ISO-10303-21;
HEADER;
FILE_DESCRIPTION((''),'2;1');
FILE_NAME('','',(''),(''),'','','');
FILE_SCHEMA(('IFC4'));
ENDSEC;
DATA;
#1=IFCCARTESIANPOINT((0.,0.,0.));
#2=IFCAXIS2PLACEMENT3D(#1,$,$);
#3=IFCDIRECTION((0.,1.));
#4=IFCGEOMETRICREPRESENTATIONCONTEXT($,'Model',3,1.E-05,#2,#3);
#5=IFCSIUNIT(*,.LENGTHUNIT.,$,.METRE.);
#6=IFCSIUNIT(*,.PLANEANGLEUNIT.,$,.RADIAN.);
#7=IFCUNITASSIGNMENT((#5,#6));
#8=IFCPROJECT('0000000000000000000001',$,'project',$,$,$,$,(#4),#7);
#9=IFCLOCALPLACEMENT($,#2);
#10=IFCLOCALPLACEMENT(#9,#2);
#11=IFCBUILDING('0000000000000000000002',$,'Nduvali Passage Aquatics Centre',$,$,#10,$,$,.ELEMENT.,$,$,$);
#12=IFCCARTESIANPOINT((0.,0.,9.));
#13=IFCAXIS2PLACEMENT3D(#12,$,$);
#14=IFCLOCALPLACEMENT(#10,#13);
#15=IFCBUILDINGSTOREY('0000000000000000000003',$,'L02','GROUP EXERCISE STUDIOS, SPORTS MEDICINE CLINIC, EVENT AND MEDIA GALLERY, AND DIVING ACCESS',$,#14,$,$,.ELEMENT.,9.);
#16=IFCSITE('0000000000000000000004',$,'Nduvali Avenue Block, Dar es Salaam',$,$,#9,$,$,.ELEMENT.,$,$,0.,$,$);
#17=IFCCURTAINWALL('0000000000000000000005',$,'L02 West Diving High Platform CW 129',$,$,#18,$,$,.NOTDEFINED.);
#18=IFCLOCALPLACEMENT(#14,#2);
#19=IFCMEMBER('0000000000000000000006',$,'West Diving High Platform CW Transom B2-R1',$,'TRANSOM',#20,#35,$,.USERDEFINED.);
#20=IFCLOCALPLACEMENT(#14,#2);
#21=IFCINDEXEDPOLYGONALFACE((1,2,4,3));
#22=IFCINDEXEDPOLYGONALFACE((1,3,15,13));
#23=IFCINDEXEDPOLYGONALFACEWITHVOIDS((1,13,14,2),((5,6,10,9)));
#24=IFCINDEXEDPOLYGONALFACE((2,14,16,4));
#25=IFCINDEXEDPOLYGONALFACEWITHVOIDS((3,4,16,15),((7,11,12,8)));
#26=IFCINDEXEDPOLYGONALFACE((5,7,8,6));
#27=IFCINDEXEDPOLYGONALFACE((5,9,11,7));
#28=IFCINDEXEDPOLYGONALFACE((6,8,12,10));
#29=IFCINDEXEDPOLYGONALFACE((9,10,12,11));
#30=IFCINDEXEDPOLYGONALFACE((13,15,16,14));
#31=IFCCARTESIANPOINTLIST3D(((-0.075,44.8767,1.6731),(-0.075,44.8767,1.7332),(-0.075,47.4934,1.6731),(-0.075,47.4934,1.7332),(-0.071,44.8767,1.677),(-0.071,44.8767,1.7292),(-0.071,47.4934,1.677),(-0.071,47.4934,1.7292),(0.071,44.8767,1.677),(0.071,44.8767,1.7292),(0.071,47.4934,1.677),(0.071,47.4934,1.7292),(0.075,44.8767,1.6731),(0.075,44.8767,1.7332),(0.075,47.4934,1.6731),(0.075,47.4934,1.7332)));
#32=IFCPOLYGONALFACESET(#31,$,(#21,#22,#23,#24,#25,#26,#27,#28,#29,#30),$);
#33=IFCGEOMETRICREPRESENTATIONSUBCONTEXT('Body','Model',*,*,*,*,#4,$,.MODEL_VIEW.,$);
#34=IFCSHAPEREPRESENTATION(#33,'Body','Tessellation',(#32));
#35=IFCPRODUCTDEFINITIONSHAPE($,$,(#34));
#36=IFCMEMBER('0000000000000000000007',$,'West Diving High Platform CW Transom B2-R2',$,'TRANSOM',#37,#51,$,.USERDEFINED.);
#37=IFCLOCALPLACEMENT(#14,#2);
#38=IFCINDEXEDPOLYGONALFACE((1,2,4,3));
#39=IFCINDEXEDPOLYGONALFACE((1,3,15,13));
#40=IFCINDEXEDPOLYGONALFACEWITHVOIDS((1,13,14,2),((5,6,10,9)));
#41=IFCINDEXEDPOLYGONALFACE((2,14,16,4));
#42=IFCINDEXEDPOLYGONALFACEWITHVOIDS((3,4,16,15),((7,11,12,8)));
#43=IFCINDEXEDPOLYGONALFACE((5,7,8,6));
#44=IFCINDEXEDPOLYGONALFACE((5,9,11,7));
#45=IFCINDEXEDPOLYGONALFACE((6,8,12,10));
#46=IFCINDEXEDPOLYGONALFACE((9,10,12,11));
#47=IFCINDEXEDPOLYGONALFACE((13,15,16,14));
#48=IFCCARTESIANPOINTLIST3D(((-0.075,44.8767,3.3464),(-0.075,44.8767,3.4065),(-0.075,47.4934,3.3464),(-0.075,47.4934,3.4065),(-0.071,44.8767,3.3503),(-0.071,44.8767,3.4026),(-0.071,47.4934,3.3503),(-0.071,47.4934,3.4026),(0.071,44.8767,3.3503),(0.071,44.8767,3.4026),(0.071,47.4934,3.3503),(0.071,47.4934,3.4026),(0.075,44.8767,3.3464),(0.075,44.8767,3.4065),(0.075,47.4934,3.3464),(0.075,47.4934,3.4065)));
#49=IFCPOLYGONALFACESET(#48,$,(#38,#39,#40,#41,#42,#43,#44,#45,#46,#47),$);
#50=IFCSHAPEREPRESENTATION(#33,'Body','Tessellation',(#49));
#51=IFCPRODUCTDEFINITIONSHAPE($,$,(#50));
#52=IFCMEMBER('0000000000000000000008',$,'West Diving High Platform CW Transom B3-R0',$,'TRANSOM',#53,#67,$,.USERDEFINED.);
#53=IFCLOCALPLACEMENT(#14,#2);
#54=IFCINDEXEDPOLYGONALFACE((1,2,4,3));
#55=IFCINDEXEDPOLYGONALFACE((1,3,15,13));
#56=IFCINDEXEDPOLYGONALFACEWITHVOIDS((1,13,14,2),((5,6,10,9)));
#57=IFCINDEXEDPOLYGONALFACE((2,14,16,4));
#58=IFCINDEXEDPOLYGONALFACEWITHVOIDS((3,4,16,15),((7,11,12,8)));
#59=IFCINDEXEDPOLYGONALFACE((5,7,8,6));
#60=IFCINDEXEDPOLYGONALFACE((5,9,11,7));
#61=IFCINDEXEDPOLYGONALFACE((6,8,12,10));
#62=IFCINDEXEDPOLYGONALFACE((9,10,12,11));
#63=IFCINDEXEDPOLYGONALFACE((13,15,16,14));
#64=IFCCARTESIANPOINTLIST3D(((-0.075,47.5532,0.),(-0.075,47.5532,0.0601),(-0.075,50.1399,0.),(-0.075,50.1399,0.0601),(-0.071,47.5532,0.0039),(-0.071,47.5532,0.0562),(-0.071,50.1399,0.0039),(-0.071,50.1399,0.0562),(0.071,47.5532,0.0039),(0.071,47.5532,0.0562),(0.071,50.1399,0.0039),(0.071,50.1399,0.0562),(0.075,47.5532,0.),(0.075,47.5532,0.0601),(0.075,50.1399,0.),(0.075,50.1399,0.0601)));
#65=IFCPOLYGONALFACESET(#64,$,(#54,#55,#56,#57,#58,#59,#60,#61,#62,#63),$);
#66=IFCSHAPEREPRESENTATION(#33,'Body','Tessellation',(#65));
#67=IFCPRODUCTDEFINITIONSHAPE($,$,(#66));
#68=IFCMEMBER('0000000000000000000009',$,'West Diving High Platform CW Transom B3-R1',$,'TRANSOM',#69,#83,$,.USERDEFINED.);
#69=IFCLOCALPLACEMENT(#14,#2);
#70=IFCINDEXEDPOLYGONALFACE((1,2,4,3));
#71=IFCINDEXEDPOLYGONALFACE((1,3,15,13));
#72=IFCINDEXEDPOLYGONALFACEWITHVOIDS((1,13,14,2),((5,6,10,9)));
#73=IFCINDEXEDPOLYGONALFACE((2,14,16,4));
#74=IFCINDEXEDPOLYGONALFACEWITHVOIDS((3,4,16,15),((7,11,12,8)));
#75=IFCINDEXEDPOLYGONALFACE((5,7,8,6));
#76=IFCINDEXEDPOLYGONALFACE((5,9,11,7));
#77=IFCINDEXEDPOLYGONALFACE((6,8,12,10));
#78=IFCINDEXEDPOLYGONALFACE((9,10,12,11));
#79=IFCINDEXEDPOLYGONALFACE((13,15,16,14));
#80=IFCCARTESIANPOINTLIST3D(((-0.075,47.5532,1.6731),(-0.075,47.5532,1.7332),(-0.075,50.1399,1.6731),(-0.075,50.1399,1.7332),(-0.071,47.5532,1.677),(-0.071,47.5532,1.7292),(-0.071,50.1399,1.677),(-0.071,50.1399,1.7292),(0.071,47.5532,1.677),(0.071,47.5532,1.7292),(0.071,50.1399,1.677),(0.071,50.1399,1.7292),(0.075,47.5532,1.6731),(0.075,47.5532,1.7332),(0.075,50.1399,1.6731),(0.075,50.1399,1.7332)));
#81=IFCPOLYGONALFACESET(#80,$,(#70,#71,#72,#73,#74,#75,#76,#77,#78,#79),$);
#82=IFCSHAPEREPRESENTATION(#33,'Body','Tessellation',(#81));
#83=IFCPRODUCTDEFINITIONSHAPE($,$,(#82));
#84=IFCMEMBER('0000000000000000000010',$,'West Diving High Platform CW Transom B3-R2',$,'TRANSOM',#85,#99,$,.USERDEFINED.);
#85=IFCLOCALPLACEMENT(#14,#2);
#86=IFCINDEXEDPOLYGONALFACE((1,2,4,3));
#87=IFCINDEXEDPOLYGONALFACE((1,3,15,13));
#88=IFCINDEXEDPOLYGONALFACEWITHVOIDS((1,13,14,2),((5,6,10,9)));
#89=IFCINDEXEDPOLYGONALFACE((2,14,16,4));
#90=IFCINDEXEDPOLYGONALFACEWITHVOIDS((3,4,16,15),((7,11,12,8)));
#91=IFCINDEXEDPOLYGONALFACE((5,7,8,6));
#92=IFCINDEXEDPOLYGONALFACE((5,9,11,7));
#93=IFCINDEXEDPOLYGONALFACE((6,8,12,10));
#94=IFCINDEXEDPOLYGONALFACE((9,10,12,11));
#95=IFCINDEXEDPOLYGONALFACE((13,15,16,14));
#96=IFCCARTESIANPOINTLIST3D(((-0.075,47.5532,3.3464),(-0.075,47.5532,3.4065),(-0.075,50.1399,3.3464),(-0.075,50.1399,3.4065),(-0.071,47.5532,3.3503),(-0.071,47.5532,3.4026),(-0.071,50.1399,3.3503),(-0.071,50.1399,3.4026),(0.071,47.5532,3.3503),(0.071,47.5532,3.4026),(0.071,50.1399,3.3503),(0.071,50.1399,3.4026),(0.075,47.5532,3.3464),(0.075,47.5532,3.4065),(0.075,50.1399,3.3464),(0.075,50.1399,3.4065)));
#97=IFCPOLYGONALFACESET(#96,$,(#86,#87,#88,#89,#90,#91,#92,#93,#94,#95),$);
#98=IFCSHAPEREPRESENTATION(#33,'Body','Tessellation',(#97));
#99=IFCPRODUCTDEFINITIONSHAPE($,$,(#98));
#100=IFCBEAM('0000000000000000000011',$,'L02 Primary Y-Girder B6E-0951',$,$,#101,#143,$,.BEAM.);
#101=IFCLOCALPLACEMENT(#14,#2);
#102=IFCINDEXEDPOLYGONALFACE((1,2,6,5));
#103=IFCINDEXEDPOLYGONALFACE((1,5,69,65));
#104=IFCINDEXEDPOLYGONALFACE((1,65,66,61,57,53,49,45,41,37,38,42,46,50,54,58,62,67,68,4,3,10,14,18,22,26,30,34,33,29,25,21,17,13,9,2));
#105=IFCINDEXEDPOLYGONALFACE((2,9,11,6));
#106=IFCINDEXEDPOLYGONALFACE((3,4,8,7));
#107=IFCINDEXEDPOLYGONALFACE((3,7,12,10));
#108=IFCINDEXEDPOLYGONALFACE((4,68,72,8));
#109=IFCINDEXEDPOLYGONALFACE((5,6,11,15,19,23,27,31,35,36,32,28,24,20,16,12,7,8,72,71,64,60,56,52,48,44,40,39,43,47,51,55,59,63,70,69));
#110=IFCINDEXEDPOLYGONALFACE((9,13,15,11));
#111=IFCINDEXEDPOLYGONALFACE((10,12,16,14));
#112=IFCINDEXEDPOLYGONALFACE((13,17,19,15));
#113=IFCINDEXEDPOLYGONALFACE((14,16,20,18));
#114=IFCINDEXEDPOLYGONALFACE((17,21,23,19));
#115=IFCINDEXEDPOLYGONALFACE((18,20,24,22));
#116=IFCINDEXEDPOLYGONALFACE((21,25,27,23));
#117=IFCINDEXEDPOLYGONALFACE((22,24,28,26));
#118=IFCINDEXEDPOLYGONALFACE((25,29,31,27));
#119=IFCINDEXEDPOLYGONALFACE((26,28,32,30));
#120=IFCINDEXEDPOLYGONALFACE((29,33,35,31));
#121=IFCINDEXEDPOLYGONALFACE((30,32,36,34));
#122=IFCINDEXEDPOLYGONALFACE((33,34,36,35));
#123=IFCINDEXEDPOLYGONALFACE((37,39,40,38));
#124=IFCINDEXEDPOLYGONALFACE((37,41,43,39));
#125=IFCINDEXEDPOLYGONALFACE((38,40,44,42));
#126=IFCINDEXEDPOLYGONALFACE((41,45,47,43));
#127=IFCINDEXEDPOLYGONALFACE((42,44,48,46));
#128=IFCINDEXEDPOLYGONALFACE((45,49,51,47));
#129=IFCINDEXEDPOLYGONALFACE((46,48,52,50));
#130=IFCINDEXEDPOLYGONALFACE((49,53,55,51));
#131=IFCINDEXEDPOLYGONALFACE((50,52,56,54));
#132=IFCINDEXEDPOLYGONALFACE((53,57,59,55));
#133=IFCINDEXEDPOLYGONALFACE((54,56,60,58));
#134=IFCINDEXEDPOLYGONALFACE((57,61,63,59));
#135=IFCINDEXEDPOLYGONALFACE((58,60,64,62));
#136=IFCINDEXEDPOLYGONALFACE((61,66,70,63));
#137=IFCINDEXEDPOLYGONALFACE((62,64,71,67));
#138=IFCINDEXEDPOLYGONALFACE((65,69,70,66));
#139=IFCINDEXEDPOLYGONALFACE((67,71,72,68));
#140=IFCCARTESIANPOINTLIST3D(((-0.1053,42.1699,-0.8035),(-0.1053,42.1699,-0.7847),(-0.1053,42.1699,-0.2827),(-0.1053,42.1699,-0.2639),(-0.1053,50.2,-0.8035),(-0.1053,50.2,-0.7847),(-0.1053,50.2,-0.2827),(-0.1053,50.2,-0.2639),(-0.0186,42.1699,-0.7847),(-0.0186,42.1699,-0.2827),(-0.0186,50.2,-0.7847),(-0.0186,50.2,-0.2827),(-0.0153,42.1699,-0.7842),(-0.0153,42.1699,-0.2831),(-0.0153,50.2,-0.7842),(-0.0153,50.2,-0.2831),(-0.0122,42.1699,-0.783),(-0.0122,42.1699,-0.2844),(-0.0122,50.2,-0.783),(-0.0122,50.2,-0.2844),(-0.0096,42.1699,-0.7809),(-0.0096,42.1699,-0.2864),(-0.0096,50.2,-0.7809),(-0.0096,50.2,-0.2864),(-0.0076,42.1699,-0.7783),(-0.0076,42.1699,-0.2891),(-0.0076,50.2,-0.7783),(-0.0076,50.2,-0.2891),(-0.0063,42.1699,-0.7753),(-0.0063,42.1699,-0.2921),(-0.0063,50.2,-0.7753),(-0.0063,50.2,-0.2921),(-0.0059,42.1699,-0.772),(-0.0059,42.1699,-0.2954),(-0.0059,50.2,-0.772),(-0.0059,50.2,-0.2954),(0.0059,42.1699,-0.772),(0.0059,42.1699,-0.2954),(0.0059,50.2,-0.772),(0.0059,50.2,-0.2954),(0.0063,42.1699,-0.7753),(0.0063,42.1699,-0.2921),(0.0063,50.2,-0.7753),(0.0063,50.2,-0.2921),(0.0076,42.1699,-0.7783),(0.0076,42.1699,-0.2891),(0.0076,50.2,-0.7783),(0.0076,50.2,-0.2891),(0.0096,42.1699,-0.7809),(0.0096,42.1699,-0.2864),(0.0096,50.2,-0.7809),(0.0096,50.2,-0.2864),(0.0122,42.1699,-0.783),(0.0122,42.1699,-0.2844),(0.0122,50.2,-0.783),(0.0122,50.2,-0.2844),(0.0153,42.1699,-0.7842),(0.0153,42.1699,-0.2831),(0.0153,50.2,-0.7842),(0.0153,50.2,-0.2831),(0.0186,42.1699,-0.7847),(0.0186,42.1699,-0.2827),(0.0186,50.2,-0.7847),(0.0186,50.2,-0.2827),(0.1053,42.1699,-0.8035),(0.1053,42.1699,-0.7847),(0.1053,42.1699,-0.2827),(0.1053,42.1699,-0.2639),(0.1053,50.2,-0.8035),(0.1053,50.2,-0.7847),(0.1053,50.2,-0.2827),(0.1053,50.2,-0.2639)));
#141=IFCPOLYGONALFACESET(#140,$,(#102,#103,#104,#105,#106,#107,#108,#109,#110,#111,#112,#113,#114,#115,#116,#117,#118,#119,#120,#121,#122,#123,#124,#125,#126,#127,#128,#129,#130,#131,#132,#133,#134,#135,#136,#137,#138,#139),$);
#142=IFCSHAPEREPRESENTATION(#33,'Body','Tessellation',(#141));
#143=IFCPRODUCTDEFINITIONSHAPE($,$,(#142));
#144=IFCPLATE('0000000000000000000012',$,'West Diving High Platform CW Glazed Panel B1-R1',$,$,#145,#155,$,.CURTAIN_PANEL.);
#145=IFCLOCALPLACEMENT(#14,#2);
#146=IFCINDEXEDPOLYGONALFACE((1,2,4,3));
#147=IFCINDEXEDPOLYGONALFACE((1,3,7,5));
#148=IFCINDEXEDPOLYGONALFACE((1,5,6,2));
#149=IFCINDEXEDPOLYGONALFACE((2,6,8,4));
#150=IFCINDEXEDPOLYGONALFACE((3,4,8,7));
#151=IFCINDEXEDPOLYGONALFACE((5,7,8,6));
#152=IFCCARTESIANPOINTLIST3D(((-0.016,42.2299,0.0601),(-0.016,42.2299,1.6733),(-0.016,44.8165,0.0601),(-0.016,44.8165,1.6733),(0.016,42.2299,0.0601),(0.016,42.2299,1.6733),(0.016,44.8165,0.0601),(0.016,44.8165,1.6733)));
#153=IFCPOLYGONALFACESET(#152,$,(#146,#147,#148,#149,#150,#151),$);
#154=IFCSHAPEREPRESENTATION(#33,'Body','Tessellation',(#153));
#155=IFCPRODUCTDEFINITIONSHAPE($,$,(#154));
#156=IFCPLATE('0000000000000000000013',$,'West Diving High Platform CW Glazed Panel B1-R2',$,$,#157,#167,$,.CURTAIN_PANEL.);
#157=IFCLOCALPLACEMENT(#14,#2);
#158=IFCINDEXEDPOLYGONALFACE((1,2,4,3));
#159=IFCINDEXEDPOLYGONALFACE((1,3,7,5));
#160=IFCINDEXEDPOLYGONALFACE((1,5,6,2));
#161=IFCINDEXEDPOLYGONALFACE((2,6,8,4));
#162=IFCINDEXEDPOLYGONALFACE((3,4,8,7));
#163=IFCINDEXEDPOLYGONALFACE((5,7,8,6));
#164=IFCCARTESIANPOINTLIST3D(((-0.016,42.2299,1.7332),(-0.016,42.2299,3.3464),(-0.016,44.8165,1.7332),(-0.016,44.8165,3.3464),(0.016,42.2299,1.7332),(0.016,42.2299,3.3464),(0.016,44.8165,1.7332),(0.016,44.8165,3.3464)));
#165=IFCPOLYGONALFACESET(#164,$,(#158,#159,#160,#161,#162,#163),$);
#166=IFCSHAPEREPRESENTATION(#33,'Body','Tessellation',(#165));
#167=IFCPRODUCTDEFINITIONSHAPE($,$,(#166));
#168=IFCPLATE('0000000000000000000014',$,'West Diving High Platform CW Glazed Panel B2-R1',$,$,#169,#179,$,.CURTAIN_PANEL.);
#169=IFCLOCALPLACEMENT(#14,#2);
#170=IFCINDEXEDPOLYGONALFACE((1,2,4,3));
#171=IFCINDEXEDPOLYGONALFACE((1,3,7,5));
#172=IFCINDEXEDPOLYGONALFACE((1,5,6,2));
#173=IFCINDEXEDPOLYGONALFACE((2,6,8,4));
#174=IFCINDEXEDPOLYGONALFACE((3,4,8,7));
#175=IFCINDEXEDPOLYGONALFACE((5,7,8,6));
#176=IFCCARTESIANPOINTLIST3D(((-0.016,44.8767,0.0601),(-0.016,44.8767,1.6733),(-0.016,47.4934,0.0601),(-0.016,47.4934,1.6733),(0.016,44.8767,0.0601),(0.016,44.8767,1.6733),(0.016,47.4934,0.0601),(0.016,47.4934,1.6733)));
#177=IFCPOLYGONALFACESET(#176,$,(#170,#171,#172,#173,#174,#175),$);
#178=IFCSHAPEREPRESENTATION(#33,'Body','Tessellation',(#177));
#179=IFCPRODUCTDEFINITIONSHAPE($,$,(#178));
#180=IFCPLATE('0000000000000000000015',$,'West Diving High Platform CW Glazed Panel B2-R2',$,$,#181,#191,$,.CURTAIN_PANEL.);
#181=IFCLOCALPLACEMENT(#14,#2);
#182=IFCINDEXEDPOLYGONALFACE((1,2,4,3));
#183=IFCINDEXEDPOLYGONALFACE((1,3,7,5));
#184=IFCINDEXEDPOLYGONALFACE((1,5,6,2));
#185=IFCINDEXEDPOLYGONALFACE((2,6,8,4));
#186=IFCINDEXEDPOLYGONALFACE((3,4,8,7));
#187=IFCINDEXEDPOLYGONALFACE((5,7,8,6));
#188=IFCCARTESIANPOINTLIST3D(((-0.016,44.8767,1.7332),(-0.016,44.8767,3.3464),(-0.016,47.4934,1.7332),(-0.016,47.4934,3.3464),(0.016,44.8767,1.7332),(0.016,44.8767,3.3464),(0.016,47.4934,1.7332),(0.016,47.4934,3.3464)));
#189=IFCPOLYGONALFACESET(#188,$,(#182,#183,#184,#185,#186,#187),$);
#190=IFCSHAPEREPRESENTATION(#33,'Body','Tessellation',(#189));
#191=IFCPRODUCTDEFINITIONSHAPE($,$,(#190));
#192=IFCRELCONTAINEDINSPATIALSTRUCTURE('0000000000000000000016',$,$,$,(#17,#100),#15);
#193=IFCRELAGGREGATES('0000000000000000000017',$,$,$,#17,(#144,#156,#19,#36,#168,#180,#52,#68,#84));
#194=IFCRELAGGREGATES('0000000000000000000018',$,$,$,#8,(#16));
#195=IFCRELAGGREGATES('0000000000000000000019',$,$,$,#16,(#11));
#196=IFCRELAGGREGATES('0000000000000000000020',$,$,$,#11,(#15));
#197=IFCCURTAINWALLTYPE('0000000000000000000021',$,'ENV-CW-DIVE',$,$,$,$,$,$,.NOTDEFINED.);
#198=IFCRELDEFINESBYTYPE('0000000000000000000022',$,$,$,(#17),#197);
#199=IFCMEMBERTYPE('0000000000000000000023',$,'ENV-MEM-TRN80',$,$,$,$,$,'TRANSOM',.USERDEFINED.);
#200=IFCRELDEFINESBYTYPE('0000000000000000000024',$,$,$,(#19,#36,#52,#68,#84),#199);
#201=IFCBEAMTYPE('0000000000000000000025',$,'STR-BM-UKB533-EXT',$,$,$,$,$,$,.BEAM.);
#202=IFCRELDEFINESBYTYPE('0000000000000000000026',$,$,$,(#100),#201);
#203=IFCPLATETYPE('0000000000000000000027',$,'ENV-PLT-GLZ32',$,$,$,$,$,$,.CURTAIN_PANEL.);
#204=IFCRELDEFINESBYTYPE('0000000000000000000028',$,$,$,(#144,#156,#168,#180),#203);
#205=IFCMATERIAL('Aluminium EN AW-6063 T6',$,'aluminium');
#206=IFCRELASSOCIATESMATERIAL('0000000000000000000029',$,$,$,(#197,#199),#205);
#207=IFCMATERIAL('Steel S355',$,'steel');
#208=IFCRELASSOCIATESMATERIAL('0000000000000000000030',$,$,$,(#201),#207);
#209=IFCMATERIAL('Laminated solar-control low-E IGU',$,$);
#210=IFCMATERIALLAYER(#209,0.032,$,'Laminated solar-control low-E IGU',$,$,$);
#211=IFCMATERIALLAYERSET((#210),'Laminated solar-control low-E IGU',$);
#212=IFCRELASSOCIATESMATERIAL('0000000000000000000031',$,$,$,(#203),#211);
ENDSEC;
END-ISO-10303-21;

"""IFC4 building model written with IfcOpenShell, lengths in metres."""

from ifc_helpers import new_model, si_unit, direction, frame, origin, origin_2d, place, context, subcontext, project, spatial, rectangle, hollow_rectangle, i_section, extrude, material, layer, layer_set, material_profile, profile_set, type_object, element, aggregate, save


model = new_model("IFC4")

# Units and contexts
model_context = context("Model", 3, precision=1e-05, world=origin(), true_north=direction((0.0, 1.0)))
body_context = subcontext(model_context, "Body", "Model", "MODEL_VIEW")
ifc_project = project(units=[si_unit("LENGTHUNIT", "METRE"), si_unit("PLANEANGLEUNIT", "RADIAN")], contexts=[model_context])

# Site, building, storey
site_placement = place(None, origin())
site = spatial("IfcSite", under=ifc_project, at=site_placement, Name="Nduvali Avenue Block, Dar es Salaam", CompositionType="ELEMENT", RefElevation=0.0)
building_placement = place(site_placement, origin())
building = spatial("IfcBuilding", under=site, at=building_placement, Name="Nduvali Passage Aquatics Centre", CompositionType="ELEMENT")
storey_placement = place(building_placement, frame((0.0, 0.0, 9.0)))
storey = spatial("IfcBuildingStorey", under=building, at=storey_placement, Name="L02", Description="GROUP EXERCISE STUDIOS, SPORTS MEDICINE CLINIC, EVENT AND MEDIA GALLERY, AND DIVING ACCESS", CompositionType="ELEMENT", Elevation=9.0)

# Shared definitions
ifc_material_1 = material(Name="Steel S355", Category="steel")

# Curtain wall, members
ifc_material_2 = material(Name="Aluminium EN AW-6063 T6", Category="aluminium")
curtain_wall_type = type_object("IfcCurtainWallType", Name="ENV-CW-DIVE", PredefinedType="NOTDEFINED", material=ifc_material_2)
curtain_wall_placement = place(storey_placement, origin())
curtain_wall = element("IfcCurtainWall", 1, at=curtain_wall_placement, inside=storey, type_object=curtain_wall_type, Name="L02 West Diving High Platform CW 129", PredefinedType="NOTDEFINED")
ifc_material_profile_1 = material_profile(ifc_material_2, hollow_rectangle(XDim=0.1499, YDim=0.0601, WallThickness=0.0039, at=origin_2d()), Name="ALU TRANSOM 150x60x4")
ifc_profile_set_1 = profile_set([ifc_material_profile_1], Name="Aluminium EN AW-6063 T6")
member_type_1 = type_object("IfcMemberType", Name="ENV-MEM-TRN80", ElementType="TRANSOM", PredefinedType="USERDEFINED", material=ifc_profile_set_1)
member_1_placement = place(storey_placement, frame((0.0, 44.8767, 1.7031), z_axis=(0.0, 1.0, 0.0), x_axis=(-1.0, 0.0, 0.0)))
member_1 = element("IfcMember", 2, at=member_1_placement, type_object=member_type_1, Name="West Diving High Platform CW Transom B2-R1", ObjectType="TRANSOM", PredefinedType="USERDEFINED", context=body_context, shape_type="SweptSolid", body=[
    extrude(hollow_rectangle(XDim=0.1499, YDim=0.0601, WallThickness=0.0039, at=origin_2d()), origin(), (0.0, 0.0, 1.0), 2.6167),
])
member_2_placement = place(storey_placement, frame((0.0, 44.8767, 3.3765), z_axis=(0.0, 1.0, 0.0), x_axis=(-1.0, 0.0, 0.0)))
member_2 = element("IfcMember", 3, at=member_2_placement, type_object=member_type_1, Name="West Diving High Platform CW Transom B2-R2", ObjectType="TRANSOM", PredefinedType="USERDEFINED", context=body_context, shape_type="SweptSolid", body=[
    extrude(hollow_rectangle(XDim=0.1499, YDim=0.0601, WallThickness=0.0039, at=origin_2d()), origin(), (0.0, 0.0, 1.0), 2.6167),
])
member_3_placement = place(storey_placement, frame((0.0, 47.5532, 0.03), z_axis=(0.0, 1.0, 0.0), x_axis=(-1.0, 0.0, 0.0)))
member_3 = element("IfcMember", 4, at=member_3_placement, type_object=member_type_1, Name="West Diving High Platform CW Transom B3-R0", ObjectType="TRANSOM", PredefinedType="USERDEFINED", context=body_context, shape_type="SweptSolid", body=[
    extrude(hollow_rectangle(XDim=0.1499, YDim=0.0601, WallThickness=0.0039, at=origin_2d()), origin(), (0.0, 0.0, 1.0), 2.5867),
])
member_4_placement = place(storey_placement, frame((0.0, 47.5532, 1.7031), z_axis=(0.0, 1.0, 0.0), x_axis=(-1.0, 0.0, 0.0)))
member_4 = element("IfcMember", 5, at=member_4_placement, type_object=member_type_1, Name="West Diving High Platform CW Transom B3-R1", ObjectType="TRANSOM", PredefinedType="USERDEFINED", context=body_context, shape_type="SweptSolid", body=[
    extrude(hollow_rectangle(XDim=0.1499, YDim=0.0601, WallThickness=0.0039, at=origin_2d()), origin(), (0.0, 0.0, 1.0), 2.5867),
])
member_5_placement = place(storey_placement, frame((0.0, 47.5532, 3.3765), z_axis=(0.0, 1.0, 0.0), x_axis=(-1.0, 0.0, 0.0)))
member_5 = element("IfcMember", 6, at=member_5_placement, type_object=member_type_1, Name="West Diving High Platform CW Transom B3-R2", ObjectType="TRANSOM", PredefinedType="USERDEFINED", context=body_context, shape_type="SweptSolid", body=[
    extrude(hollow_rectangle(XDim=0.1499, YDim=0.0601, WallThickness=0.0039, at=origin_2d()), origin(), (0.0, 0.0, 1.0), 2.5867),
])

# Beam
ifc_material_profile_2 = material_profile(ifc_material_1, i_section(OverallWidth=0.2107, OverallDepth=0.5396, WebThickness=0.0117, FlangeThickness=0.0188, FilletRadius=0.0127, at=origin_2d()), Name="UKB 533x210x109")
ifc_profile_set_2 = profile_set([ifc_material_profile_2], Name="Steel S355")
beam_type = type_object("IfcBeamType", Name="STR-BM-UKB533-EXT", PredefinedType="BEAM", material=ifc_profile_set_2)
beam_placement = place(storey_placement, frame((0.0, 42.1699, -0.5337), z_axis=(0.0, 1.0, 0.0), x_axis=(-1.0, 0.0, 0.0)))
element("IfcBeam", 7, at=beam_placement, inside=storey, type_object=beam_type, Name="L02 Primary Y-Girder B6E-0951", PredefinedType="BEAM", context=body_context, shape_type="SweptSolid", body=[
    extrude(i_section(OverallWidth=0.2107, OverallDepth=0.5396, WebThickness=0.0117, FlangeThickness=0.0188, FilletRadius=0.0127, at=origin_2d()), origin(), (0.0, 0.0, 1.0), 8.03),
])

# Plates
ifc_material_3 = material(Name="Laminated solar-control low-E IGU")
ifc_layer_1 = layer(ifc_material_3, 0.032, Name="Laminated solar-control low-E IGU")
ifc_layer_set_1 = layer_set([ifc_layer_1], Name="Laminated solar-control low-E IGU")
plate_type = type_object("IfcPlateType", Name="ENV-PLT-GLZ32", PredefinedType="CURTAIN_PANEL", material=ifc_layer_set_1)
plate_1_placement = place(storey_placement, frame((0.0, 43.5232, 0.0601), z_axis=(0.0, 0.0, 1.0), x_axis=(0.0, 1.0, 0.0)))
plate_1 = element("IfcPlate", 8, at=plate_1_placement, type_object=plate_type, Name="West Diving High Platform CW Glazed Panel B1-R1", PredefinedType="CURTAIN_PANEL", context=body_context, shape_type="SweptSolid", body=[
    extrude(rectangle(XDim=2.5867, YDim=0.032, at=origin_2d()), origin(), (0.0, 0.0, 1.0), 1.6133),
])
plate_2_placement = place(storey_placement, frame((0.0, 43.5232, 1.7332), z_axis=(0.0, 0.0, 1.0), x_axis=(0.0, 1.0, 0.0)))
plate_2 = element("IfcPlate", 9, at=plate_2_placement, type_object=plate_type, Name="West Diving High Platform CW Glazed Panel B1-R2", PredefinedType="CURTAIN_PANEL", context=body_context, shape_type="SweptSolid", body=[
    extrude(rectangle(XDim=2.5867, YDim=0.032, at=origin_2d()), origin(), (0.0, 0.0, 1.0), 1.6133),
])
plate_3_placement = place(storey_placement, frame((0.0, 46.1851, 0.0601), z_axis=(0.0, 0.0, 1.0), x_axis=(0.0, 1.0, 0.0)))
plate_3 = element("IfcPlate", 10, at=plate_3_placement, type_object=plate_type, Name="West Diving High Platform CW Glazed Panel B2-R1", PredefinedType="CURTAIN_PANEL", context=body_context, shape_type="SweptSolid", body=[
    extrude(rectangle(XDim=2.6167, YDim=0.032, at=origin_2d()), origin(), (0.0, 0.0, 1.0), 1.6133),
])
plate_4_placement = place(storey_placement, frame((0.0, 46.1851, 1.7332), z_axis=(0.0, 0.0, 1.0), x_axis=(0.0, 1.0, 0.0)))
plate_4 = element("IfcPlate", 11, at=plate_4_placement, type_object=plate_type, Name="West Diving High Platform CW Glazed Panel B2-R2", PredefinedType="CURTAIN_PANEL", context=body_context, shape_type="SweptSolid", body=[
    extrude(rectangle(XDim=2.6167, YDim=0.032, at=origin_2d()), origin(), (0.0, 0.0, 1.0), 1.6133),
])
aggregate(curtain_wall, [plate_1, plate_2, member_1, member_2, plate_3, plate_4, member_3, member_4, member_5])

save(model, "model.ifc")
